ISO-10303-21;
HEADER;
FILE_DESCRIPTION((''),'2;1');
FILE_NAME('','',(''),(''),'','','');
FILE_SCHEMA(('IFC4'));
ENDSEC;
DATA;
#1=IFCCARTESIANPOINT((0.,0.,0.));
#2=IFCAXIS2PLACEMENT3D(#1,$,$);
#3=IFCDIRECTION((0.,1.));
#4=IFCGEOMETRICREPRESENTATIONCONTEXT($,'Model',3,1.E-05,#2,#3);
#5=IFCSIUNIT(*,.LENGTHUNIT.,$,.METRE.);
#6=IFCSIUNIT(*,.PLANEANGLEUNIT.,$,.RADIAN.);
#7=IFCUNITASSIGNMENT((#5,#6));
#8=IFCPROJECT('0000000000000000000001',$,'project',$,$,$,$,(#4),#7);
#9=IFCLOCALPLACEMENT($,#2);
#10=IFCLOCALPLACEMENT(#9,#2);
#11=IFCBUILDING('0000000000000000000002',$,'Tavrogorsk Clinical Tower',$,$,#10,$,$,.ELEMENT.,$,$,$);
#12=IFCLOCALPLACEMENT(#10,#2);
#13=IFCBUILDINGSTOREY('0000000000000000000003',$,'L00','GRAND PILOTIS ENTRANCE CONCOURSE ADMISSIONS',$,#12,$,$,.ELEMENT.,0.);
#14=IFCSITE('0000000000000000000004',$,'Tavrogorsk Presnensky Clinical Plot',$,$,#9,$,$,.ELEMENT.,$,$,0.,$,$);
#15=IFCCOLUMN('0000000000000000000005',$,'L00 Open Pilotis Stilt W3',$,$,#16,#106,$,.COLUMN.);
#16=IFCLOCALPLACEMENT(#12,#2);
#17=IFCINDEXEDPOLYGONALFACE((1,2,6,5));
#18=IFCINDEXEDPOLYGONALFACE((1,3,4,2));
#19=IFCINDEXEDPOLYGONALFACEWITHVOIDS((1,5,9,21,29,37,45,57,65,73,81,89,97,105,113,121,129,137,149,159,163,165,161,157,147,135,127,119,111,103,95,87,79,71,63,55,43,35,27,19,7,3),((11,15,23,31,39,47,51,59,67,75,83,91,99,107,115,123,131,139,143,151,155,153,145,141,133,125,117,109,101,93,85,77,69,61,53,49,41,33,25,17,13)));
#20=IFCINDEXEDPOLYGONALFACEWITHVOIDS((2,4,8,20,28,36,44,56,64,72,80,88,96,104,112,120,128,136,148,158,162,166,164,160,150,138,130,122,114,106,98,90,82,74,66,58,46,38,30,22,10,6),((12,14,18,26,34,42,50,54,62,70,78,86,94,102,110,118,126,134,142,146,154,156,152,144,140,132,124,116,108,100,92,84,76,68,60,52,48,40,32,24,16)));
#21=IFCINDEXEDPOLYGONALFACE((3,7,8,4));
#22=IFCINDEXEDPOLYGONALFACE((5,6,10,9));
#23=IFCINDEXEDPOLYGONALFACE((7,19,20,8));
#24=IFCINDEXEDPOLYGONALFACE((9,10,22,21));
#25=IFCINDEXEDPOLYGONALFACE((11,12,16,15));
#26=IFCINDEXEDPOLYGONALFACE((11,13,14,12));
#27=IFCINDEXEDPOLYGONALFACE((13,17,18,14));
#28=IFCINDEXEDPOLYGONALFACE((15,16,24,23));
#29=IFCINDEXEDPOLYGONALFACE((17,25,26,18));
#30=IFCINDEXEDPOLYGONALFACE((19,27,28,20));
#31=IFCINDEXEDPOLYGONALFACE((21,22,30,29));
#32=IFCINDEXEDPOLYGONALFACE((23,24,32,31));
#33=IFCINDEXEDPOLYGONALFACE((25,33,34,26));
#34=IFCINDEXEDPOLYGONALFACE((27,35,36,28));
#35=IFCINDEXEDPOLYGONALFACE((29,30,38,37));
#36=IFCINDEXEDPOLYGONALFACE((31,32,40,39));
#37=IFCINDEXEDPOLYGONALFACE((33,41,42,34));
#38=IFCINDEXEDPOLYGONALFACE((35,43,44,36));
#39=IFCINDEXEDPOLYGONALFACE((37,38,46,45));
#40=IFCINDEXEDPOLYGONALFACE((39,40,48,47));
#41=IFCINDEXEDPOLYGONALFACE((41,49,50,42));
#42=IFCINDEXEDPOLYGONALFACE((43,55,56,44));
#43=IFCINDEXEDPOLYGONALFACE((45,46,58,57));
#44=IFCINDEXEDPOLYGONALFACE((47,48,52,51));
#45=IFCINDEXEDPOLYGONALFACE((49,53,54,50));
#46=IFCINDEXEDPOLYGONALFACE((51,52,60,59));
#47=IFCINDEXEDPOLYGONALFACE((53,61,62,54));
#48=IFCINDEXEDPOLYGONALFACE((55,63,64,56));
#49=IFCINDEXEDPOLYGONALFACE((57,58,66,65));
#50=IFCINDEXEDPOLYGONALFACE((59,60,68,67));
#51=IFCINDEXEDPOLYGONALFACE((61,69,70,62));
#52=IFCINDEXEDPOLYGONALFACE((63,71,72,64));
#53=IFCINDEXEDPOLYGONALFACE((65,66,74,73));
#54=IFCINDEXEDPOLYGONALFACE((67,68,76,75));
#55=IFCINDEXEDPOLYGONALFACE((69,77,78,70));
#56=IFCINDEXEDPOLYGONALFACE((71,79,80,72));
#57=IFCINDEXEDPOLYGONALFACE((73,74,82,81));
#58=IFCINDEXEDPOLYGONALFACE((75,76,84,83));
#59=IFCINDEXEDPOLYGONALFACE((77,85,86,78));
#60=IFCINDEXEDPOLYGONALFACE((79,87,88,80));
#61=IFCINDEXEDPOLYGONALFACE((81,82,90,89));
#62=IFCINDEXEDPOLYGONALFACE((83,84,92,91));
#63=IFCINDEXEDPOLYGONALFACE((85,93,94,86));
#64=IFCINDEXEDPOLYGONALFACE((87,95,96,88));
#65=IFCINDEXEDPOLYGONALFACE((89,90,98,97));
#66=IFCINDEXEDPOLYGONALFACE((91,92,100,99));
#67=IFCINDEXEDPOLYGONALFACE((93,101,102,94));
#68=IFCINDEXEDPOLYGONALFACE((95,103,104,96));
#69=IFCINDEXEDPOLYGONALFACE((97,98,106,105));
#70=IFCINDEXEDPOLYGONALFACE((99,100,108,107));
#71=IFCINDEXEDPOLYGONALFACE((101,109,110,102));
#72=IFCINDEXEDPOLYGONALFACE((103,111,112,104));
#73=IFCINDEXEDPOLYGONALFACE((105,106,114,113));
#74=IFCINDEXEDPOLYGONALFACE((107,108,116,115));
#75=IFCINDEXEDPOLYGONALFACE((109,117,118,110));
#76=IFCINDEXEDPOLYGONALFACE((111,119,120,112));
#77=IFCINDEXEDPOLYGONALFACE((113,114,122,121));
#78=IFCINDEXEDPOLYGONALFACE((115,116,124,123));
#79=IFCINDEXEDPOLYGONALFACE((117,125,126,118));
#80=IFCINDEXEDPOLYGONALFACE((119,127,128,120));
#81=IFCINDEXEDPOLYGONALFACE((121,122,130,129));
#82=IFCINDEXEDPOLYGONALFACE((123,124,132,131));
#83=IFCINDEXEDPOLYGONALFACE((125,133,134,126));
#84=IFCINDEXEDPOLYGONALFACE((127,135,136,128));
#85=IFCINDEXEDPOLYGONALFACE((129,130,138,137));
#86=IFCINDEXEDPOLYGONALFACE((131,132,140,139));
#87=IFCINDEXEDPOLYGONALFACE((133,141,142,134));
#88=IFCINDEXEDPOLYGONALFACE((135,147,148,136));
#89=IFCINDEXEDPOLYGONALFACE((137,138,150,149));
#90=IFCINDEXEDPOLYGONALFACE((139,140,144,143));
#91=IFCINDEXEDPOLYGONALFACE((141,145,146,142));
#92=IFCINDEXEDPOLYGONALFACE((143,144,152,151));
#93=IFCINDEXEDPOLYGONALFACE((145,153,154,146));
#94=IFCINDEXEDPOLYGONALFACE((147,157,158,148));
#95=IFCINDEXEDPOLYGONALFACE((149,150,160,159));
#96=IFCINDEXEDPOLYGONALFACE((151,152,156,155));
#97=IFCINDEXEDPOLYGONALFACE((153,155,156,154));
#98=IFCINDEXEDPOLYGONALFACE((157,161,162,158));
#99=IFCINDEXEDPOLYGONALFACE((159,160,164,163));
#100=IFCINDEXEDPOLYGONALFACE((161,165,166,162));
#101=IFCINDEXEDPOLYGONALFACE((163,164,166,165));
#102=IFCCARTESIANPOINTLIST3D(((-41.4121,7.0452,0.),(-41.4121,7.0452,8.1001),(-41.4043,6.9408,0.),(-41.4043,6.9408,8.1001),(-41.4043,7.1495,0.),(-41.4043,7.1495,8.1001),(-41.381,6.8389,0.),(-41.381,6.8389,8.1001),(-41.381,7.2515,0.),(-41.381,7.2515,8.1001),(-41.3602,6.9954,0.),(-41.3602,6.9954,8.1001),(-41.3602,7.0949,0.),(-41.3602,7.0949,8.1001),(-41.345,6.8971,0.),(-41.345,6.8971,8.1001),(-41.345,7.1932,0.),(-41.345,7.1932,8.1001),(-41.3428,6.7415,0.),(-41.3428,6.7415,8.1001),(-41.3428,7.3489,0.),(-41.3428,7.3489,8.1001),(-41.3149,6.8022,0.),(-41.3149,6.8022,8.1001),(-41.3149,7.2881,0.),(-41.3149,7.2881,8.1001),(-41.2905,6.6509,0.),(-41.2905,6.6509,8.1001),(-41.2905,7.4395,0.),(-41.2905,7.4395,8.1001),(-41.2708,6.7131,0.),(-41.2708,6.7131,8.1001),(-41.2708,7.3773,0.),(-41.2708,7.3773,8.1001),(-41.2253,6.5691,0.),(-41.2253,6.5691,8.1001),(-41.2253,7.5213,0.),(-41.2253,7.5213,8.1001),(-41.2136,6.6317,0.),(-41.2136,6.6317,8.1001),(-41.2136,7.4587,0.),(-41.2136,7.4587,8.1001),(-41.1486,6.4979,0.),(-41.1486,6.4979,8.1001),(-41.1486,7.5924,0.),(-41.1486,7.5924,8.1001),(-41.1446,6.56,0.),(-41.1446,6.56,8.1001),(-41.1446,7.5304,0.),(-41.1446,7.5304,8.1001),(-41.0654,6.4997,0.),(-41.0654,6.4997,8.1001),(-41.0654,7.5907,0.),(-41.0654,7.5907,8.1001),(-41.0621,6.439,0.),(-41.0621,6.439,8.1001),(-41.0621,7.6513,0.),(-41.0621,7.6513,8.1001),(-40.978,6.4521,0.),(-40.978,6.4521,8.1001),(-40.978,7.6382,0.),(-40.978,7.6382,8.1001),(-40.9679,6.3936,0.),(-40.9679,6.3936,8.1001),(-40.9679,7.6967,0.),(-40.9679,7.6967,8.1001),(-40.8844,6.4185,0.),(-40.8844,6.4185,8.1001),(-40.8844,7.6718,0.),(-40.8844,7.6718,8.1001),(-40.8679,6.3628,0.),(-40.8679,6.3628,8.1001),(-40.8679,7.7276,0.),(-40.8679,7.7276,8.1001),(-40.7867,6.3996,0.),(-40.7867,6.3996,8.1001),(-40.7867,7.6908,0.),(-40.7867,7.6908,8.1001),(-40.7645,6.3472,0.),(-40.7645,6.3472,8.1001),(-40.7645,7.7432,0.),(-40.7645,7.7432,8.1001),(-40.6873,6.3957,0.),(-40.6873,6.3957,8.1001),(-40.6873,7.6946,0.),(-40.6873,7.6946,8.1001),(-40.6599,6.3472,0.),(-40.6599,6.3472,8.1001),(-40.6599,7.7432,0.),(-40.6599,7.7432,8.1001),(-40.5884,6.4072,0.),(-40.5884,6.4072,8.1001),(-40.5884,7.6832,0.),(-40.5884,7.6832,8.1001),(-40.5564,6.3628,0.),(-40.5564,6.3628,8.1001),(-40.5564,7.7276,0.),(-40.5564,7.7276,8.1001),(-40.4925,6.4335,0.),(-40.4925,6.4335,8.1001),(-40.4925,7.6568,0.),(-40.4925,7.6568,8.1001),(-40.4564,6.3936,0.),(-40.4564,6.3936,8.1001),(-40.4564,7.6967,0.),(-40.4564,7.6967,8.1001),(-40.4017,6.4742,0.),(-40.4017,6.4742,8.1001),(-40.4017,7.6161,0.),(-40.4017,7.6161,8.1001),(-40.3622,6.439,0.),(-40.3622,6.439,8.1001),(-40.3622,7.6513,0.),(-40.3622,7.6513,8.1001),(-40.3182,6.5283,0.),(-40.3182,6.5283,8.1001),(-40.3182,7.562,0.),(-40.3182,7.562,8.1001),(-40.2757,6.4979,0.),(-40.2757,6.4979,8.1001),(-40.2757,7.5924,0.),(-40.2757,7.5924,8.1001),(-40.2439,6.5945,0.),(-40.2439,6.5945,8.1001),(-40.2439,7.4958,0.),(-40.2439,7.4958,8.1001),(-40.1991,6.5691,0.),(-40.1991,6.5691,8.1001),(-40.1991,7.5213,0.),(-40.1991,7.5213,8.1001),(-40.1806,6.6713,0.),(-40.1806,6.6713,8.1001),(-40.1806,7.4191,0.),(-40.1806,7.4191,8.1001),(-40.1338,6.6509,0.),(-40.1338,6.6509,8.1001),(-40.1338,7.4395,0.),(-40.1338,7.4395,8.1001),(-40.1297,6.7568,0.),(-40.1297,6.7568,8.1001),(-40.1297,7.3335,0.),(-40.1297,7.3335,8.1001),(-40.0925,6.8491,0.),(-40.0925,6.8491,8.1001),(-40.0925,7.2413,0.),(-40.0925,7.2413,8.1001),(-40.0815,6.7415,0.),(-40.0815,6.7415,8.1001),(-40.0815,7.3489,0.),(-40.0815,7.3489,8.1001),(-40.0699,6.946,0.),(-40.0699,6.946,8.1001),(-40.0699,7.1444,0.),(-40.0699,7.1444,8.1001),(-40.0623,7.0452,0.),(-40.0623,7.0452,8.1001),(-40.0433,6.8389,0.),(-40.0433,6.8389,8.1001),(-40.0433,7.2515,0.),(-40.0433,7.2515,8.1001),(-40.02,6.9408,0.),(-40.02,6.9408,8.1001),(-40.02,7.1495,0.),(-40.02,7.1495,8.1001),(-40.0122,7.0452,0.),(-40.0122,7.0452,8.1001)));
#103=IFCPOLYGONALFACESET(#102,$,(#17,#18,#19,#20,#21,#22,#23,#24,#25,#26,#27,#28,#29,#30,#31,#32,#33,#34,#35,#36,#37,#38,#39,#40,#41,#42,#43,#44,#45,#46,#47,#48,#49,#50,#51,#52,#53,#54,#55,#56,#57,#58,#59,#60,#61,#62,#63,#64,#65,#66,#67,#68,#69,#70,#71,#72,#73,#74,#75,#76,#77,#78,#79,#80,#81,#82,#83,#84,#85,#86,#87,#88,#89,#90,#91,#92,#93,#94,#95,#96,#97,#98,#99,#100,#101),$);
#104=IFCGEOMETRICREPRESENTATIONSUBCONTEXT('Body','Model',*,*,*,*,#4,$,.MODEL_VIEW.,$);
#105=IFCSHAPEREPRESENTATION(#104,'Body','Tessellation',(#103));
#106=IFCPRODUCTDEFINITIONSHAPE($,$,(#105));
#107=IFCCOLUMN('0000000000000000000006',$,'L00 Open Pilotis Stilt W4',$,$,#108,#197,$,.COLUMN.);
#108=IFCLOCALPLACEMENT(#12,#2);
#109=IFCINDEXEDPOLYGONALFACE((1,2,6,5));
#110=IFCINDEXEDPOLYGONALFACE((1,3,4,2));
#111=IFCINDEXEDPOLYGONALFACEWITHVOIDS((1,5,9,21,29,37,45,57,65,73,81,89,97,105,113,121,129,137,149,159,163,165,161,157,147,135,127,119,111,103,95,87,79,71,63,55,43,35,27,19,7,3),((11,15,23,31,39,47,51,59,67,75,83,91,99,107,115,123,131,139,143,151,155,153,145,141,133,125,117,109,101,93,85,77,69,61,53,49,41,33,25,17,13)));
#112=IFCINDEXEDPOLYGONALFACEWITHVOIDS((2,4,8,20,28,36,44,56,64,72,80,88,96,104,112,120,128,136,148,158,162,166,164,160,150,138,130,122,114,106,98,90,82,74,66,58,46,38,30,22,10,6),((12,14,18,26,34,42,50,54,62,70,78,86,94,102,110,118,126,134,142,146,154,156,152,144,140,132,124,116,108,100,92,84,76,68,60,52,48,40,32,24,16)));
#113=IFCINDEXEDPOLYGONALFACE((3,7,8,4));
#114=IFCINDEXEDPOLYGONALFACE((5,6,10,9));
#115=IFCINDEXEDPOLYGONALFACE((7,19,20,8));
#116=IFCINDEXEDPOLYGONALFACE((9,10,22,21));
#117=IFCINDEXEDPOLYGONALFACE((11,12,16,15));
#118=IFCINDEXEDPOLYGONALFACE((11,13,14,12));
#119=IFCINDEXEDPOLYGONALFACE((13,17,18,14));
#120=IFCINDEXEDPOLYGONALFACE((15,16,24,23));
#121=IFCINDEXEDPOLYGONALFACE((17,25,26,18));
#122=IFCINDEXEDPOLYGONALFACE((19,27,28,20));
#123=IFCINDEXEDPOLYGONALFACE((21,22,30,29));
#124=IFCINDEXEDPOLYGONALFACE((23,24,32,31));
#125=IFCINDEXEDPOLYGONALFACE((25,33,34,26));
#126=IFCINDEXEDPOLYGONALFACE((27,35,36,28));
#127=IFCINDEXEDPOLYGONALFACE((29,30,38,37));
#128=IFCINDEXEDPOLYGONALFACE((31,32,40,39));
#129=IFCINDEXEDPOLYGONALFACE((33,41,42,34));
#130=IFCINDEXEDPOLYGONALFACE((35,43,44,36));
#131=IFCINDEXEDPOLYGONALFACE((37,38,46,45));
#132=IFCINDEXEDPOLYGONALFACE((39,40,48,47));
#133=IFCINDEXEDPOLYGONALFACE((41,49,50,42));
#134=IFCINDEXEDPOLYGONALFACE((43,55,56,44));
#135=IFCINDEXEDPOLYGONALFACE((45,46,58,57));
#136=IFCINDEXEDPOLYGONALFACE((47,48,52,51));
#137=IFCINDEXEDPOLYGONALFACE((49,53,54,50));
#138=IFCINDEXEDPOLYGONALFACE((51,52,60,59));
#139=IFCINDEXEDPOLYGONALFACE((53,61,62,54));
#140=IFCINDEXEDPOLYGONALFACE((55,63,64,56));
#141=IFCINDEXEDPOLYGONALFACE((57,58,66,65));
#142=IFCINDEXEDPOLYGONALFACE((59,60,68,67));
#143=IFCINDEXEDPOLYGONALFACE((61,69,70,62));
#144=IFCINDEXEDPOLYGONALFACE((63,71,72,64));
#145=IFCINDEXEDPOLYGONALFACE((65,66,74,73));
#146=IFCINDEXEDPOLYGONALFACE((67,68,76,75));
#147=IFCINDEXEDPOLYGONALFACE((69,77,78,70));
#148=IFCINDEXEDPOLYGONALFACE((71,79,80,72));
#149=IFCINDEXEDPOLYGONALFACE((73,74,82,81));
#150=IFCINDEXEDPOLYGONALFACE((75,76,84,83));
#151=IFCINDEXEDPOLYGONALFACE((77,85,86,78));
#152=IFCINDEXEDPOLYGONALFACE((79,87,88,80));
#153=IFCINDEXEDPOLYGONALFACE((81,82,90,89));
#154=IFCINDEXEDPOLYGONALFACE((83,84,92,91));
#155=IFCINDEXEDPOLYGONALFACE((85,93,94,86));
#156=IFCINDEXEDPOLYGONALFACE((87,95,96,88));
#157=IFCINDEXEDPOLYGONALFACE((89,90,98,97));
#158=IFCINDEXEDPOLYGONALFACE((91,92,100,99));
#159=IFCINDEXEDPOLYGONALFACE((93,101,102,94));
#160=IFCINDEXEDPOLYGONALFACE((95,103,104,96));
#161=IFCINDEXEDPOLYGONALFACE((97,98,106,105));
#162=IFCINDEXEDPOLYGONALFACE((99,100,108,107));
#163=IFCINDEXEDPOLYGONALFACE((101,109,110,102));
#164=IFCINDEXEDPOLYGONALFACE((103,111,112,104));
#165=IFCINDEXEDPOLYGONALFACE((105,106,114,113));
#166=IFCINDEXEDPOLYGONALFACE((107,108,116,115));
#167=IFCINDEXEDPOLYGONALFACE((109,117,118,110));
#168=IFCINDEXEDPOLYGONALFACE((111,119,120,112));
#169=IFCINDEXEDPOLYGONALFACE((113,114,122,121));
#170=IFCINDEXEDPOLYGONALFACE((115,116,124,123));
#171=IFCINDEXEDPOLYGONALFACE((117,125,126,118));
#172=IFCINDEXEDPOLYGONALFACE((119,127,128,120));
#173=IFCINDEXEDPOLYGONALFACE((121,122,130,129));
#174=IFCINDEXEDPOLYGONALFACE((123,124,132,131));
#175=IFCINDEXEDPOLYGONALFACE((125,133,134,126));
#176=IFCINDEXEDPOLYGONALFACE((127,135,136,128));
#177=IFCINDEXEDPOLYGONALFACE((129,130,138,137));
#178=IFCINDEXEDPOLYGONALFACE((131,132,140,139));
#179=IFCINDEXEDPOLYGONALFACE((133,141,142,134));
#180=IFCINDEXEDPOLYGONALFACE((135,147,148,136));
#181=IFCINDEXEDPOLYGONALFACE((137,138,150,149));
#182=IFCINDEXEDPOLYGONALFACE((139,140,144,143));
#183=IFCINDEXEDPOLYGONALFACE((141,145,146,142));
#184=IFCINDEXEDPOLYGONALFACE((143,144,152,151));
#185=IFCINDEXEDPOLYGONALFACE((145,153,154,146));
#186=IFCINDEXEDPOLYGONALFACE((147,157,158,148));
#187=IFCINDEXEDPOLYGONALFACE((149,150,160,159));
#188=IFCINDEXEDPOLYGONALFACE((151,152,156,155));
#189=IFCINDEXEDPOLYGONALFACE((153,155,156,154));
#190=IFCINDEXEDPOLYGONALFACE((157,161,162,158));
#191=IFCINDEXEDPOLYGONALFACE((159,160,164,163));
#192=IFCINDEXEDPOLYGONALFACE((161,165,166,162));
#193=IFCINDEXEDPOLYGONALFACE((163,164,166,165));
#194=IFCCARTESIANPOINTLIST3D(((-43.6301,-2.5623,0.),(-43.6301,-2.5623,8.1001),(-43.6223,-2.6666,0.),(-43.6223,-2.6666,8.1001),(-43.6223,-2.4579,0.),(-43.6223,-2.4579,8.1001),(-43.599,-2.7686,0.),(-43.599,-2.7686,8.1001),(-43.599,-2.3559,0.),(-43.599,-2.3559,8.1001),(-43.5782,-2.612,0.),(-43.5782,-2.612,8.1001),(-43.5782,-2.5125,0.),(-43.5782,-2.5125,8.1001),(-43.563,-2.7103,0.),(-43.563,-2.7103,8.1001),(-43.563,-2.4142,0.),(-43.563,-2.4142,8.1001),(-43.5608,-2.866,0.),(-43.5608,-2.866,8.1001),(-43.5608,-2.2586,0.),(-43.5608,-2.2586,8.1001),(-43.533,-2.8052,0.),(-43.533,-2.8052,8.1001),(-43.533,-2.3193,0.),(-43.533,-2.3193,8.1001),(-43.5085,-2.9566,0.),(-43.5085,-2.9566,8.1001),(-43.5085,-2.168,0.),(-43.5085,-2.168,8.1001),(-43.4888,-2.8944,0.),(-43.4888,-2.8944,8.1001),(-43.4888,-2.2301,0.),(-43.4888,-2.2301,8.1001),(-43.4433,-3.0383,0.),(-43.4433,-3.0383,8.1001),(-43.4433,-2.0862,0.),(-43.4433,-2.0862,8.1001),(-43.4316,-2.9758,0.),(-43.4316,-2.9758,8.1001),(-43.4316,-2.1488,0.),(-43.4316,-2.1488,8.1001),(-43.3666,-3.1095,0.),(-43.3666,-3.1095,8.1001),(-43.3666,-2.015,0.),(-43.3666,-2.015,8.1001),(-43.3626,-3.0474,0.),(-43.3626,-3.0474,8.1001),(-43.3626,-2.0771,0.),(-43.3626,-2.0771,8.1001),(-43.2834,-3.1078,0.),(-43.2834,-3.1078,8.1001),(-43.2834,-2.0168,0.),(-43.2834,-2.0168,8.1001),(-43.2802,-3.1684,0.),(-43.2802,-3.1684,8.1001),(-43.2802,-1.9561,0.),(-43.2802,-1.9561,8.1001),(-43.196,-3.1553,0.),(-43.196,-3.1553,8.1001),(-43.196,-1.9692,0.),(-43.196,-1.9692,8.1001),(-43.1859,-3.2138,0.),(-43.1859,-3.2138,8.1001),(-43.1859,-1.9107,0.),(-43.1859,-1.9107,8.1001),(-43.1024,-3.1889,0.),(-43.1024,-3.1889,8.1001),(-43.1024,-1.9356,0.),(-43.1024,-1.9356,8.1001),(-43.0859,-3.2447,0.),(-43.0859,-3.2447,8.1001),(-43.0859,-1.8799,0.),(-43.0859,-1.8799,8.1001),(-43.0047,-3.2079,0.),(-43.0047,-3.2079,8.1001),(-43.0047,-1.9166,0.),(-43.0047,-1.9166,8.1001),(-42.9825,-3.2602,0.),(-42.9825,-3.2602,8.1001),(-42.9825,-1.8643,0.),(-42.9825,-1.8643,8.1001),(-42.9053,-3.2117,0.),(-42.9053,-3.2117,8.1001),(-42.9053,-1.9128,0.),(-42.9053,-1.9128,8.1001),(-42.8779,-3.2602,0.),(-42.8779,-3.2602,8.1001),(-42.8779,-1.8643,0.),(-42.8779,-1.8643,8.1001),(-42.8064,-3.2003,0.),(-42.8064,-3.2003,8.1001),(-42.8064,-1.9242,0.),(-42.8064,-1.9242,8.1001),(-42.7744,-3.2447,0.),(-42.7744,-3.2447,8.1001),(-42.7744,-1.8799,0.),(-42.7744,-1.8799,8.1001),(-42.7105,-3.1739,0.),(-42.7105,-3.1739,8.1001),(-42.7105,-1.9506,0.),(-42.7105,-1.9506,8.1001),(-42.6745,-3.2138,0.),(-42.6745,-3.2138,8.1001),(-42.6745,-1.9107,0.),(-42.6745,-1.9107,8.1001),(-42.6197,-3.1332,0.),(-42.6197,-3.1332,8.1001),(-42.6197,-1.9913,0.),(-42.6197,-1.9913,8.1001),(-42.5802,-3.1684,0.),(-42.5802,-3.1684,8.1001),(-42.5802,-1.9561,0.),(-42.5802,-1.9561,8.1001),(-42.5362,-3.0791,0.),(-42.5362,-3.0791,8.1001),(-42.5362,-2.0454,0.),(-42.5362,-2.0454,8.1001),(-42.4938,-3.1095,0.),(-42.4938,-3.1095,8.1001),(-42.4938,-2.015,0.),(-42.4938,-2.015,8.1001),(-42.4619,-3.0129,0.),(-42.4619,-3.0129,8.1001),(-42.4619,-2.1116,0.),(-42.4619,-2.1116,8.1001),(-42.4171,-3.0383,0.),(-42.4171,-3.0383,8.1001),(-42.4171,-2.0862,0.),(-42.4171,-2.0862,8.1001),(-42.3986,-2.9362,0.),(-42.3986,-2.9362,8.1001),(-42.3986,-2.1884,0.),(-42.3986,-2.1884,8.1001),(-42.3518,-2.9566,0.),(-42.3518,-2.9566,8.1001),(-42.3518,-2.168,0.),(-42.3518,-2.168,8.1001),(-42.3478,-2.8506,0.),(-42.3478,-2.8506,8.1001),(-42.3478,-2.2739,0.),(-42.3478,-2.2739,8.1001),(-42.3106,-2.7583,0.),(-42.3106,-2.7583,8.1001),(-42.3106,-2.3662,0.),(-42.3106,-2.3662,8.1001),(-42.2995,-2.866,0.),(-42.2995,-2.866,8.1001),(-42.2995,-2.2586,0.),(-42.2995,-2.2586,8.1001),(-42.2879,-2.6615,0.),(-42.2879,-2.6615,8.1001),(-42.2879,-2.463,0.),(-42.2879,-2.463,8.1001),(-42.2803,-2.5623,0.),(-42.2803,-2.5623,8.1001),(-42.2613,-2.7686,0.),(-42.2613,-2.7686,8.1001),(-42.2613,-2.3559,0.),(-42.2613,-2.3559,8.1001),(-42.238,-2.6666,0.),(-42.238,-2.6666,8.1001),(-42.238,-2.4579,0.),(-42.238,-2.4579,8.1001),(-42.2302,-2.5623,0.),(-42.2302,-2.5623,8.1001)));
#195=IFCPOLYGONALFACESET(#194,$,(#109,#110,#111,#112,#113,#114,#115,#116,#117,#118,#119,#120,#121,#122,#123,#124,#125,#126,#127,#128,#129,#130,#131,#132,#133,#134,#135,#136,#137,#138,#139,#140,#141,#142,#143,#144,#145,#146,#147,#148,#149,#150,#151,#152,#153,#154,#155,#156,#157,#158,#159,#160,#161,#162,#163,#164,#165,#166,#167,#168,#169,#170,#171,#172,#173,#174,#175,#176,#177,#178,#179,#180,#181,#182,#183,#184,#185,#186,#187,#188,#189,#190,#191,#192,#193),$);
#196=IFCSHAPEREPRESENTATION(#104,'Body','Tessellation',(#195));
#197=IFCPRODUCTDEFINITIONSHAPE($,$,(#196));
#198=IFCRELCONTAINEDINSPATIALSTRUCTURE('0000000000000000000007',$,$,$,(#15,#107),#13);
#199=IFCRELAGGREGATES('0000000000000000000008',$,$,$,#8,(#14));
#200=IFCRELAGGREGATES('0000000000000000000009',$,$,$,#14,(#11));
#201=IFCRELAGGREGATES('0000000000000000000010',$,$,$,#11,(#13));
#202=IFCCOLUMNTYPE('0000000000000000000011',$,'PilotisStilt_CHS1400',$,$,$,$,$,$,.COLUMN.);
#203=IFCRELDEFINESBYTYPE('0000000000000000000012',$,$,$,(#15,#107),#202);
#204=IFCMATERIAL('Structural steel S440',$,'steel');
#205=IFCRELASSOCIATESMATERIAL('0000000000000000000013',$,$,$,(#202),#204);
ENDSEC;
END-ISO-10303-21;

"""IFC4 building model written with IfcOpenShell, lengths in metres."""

from ifc_helpers import new_model, si_unit, direction, frame, origin, origin_2d, place, context, subcontext, project, spatial, hollow_circle, extrude, material, material_profile, profile_set, type_object, element, save


model = new_model("IFC4")

# Units and contexts
model_context = context("Model", 3, precision=1e-05, world=origin(), true_north=direction((0.0, 1.0)))
body_context = subcontext(model_context, "Body", "Model", "MODEL_VIEW")
ifc_project = project(units=[si_unit("LENGTHUNIT", "METRE"), si_unit("PLANEANGLEUNIT", "RADIAN")], contexts=[model_context])

# Site, building, storey
site_placement = place(None, origin())
site = spatial("IfcSite", under=ifc_project, at=site_placement, Name="Tavrogorsk Presnensky Clinical Plot", CompositionType="ELEMENT", RefElevation=0.0)
building_placement = place(site_placement, origin())
building = spatial("IfcBuilding", under=site, at=building_placement, Name="Tavrogorsk Clinical Tower", CompositionType="ELEMENT")
storey_placement = place(building_placement, origin())
storey = spatial("IfcBuildingStorey", under=building, at=storey_placement, Name="L00", Description="GRAND PILOTIS ENTRANCE CONCOURSE ADMISSIONS", CompositionType="ELEMENT", Elevation=0.0)

# Columns
ifc_material_1 = material(Name="Structural steel S440", Category="steel")
ifc_material_profile_1 = material_profile(ifc_material_1, hollow_circle(Radius=0.7, WallThickness=0.05, at=origin_2d()), Name="CHS-1400x50")
ifc_profile_set_1 = profile_set([ifc_material_profile_1], Name="Structural steel S440")
column_type = type_object("IfcColumnType", Name="PilotisStilt_CHS1400", PredefinedType="COLUMN", material=ifc_profile_set_1)
for number, where, z_axis, x_axis, name in (
    (1, (-40.7122, 7.0452, 0.0), (0.0, 0.0, 1.0), (1.0, 0.0, 0.0), "L00 Open Pilotis Stilt W3"),
    (2, (-42.9302, -2.5623, 0.0), (0.0, 0.0, 1.0), (1.0, 0.0, 0.0), "L00 Open Pilotis Stilt W4"),
):
    element("IfcColumn", number, at=place(storey_placement, frame(where, z_axis=z_axis, x_axis=x_axis)), inside=storey, type_object=column_type, Name=name, PredefinedType="COLUMN", context=body_context, shape_type="SweptSolid", body=[
        extrude(hollow_circle(Radius=0.7, WallThickness=0.05, at=origin_2d()), origin(), (0.0, 0.0, 1.0), 8.1001),
    ])

save(model, "model.ifc")
